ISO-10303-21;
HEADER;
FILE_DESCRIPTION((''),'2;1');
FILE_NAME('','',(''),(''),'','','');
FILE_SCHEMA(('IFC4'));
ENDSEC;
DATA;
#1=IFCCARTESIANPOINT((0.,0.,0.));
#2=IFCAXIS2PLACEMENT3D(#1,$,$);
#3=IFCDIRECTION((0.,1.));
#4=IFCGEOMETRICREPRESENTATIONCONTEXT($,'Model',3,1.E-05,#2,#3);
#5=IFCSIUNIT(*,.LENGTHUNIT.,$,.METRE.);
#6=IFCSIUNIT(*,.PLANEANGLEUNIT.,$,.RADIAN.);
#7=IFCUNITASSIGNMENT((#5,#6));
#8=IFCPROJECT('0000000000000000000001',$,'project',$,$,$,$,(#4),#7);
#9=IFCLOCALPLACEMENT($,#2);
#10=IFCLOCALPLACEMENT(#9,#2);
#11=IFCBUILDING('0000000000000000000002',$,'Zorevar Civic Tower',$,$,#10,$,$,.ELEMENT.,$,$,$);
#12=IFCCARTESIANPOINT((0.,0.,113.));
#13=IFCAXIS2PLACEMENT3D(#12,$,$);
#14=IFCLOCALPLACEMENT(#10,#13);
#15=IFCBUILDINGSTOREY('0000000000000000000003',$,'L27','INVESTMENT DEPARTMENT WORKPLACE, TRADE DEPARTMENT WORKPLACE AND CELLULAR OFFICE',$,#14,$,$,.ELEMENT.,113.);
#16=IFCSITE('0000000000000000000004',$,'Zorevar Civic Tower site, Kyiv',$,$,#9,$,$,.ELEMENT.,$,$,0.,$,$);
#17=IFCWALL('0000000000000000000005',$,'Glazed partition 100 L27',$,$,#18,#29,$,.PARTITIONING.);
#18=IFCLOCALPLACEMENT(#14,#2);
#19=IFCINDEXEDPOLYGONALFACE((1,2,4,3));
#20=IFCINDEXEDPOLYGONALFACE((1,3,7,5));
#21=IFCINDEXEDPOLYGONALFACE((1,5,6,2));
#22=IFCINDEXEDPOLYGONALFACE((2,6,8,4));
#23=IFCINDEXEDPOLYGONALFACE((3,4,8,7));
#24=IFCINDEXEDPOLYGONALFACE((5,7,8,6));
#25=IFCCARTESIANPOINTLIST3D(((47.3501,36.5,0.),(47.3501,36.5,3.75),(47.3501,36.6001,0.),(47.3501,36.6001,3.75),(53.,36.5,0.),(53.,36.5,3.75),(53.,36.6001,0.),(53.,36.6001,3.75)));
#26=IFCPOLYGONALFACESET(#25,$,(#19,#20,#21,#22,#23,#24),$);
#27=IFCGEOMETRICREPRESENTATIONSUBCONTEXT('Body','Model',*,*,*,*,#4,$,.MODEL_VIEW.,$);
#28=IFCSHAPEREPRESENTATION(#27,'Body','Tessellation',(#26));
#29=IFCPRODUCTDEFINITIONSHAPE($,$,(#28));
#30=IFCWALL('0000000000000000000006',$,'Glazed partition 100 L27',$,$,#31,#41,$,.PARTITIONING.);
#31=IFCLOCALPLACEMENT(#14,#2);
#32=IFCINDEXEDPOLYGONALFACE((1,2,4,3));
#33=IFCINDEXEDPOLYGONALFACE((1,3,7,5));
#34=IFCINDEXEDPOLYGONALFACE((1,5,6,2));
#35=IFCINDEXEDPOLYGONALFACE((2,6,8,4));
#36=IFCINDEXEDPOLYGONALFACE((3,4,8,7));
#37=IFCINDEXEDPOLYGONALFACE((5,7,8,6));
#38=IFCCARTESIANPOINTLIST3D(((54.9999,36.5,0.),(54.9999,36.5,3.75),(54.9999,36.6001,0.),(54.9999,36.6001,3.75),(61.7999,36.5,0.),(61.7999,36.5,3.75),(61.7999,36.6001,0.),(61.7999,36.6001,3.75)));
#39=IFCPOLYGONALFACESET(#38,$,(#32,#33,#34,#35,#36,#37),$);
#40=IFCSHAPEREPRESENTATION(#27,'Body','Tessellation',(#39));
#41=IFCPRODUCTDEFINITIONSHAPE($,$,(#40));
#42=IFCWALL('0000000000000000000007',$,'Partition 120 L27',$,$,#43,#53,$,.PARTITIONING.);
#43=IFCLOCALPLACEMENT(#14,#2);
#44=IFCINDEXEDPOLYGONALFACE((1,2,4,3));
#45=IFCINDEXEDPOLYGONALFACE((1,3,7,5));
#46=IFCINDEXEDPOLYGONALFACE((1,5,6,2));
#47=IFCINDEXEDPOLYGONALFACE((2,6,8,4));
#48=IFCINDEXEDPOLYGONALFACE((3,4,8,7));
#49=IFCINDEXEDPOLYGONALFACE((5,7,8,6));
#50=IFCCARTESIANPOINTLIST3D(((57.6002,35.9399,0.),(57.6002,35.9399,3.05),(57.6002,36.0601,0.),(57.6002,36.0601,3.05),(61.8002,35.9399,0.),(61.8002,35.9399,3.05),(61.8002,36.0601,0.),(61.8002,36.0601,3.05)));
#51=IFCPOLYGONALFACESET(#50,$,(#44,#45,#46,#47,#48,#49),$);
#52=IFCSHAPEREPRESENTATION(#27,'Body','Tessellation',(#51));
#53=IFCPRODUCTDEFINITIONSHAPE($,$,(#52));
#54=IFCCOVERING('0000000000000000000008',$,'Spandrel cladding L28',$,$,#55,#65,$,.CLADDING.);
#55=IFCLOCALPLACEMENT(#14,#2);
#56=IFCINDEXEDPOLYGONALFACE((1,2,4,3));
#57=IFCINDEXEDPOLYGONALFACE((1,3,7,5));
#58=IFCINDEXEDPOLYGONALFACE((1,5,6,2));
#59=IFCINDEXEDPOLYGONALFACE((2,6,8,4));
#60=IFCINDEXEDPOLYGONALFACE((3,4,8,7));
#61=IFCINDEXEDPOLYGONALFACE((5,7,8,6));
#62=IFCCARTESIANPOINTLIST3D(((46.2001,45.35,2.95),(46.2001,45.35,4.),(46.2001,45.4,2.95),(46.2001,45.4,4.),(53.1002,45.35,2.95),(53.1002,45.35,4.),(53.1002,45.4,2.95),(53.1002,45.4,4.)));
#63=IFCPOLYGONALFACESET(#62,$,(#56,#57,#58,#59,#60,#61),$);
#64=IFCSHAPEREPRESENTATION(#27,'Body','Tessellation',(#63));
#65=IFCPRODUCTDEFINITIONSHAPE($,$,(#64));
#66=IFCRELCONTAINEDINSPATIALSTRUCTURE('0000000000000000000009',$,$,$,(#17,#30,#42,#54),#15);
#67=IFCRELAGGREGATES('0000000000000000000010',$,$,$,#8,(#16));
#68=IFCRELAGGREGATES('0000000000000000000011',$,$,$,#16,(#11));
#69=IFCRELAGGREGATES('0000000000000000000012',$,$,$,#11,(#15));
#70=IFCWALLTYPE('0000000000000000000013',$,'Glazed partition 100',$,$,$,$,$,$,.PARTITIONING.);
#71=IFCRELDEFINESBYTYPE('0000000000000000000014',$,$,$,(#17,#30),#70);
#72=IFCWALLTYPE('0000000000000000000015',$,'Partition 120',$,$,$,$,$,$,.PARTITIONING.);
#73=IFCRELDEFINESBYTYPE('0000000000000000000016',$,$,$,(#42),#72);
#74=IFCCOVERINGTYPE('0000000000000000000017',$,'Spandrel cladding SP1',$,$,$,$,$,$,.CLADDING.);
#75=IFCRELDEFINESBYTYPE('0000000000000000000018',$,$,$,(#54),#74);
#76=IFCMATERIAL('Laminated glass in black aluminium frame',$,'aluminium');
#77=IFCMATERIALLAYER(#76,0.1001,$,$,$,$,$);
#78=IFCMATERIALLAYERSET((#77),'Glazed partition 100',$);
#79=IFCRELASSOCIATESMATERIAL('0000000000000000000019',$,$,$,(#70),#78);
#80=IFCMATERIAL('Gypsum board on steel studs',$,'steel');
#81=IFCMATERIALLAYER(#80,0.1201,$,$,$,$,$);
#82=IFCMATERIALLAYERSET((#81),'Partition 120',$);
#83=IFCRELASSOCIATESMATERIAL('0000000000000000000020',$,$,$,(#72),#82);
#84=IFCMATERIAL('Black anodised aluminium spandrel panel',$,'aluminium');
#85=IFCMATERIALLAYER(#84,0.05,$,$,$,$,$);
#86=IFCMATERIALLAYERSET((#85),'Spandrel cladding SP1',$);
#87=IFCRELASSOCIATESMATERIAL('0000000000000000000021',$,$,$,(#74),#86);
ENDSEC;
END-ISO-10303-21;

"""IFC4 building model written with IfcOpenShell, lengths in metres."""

from ifc_helpers import new_model, si_unit, direction, frame, frame_2d, origin, place, context, subcontext, project, spatial, rectangle, extrude, material, layer, layer_set, type_object, element, save


model = new_model("IFC4")

# Units and contexts
model_context = context("Model", 3, precision=1e-05, world=origin(), true_north=direction((0.0, 1.0)))
body_context = subcontext(model_context, "Body", "Model", "MODEL_VIEW")
ifc_project = project(units=[si_unit("LENGTHUNIT", "METRE"), si_unit("PLANEANGLEUNIT", "RADIAN")], contexts=[model_context])

# Site, building, storey
site_placement = place(None, origin())
site = spatial("IfcSite", under=ifc_project, at=site_placement, Name="Zorevar Civic Tower site, Kyiv", CompositionType="ELEMENT", RefElevation=0.0)
building_placement = place(site_placement, origin())
building = spatial("IfcBuilding", under=site, at=building_placement, Name="Zorevar Civic Tower", CompositionType="ELEMENT")
storey_placement = place(building_placement, frame((0.0, 0.0, 113.0)))
storey = spatial("IfcBuildingStorey", under=building, at=storey_placement, Name="L27", Description="INVESTMENT DEPARTMENT WORKPLACE, TRADE DEPARTMENT WORKPLACE AND CELLULAR OFFICE", CompositionType="ELEMENT", Elevation=113.0)

# Walls
ifc_material_1 = material(Name="Laminated glass in black aluminium frame", Category="aluminium")
ifc_layer_1 = layer(ifc_material_1, 0.1001)
ifc_layer_set_1 = layer_set([ifc_layer_1], Name="Glazed partition 100")
wall_type_1 = type_object("IfcWallType", Name="Glazed partition 100", PredefinedType="PARTITIONING", material=ifc_layer_set_1)
wall_1_placement = place(storey_placement, frame((47.3501, 36.55, 0.0), z_axis=(0.0, 0.0, 1.0), x_axis=(1.0, 0.0, 0.0)))
element("IfcWall", 1, at=wall_1_placement, inside=storey, type_object=wall_type_1, Name="Glazed partition 100 L27", PredefinedType="PARTITIONING", context=body_context, shape_type="SweptSolid", body=[
    extrude(rectangle(XDim=5.6499, YDim=0.1001, at=frame_2d((2.825, 0.0))), origin(), (0.0, 0.0, 1.0), 3.75),
])
wall_2_placement = place(storey_placement, frame((55.0, 36.55, 0.0), z_axis=(0.0, 0.0, 1.0), x_axis=(1.0, 0.0, 0.0)))
element("IfcWall", 2, at=wall_2_placement, inside=storey, type_object=wall_type_1, Name="Glazed partition 100 L27", PredefinedType="PARTITIONING", context=body_context, shape_type="SweptSolid", body=[
    extrude(rectangle(XDim=6.8, YDim=0.1001, at=frame_2d((3.3999, 0.0))), origin(), (0.0, 0.0, 1.0), 3.75),
])
ifc_material_2 = material(Name="Gypsum board on steel studs", Category="steel")
ifc_layer_2 = layer(ifc_material_2, 0.1201)
ifc_layer_set_2 = layer_set([ifc_layer_2], Name="Partition 120")
wall_type_2 = type_object("IfcWallType", Name="Partition 120", PredefinedType="PARTITIONING", material=ifc_layer_set_2)
wall_3_placement = place(storey_placement, frame((57.6001, 36.0, 0.0), z_axis=(0.0, 0.0, 1.0), x_axis=(1.0, 0.0, 0.0)))
element("IfcWall", 3, at=wall_3_placement, inside=storey, type_object=wall_type_2, Name="Partition 120 L27", PredefinedType="PARTITIONING", context=body_context, shape_type="SweptSolid", body=[
    extrude(rectangle(XDim=4.2, YDim=0.1201, at=frame_2d((2.1001, 0.0))), origin(), (0.0, 0.0, 1.0), 3.05),
])

# Covering
ifc_material_3 = material(Name="Black anodised aluminium spandrel panel", Category="aluminium")
ifc_layer_3 = layer(ifc_material_3, 0.05)
ifc_layer_set_3 = layer_set([ifc_layer_3], Name="Spandrel cladding SP1")
covering_type = type_object("IfcCoveringType", Name="Spandrel cladding SP1", PredefinedType="CLADDING", material=ifc_layer_set_3)
covering_placement = place(storey_placement, frame((46.2, 45.375, 2.95), z_axis=(0.0, 0.0, 1.0), x_axis=(1.0, 0.0, 0.0)))
element("IfcCovering", 4, at=covering_placement, inside=storey, type_object=covering_type, Name="Spandrel cladding L28", PredefinedType="CLADDING", context=body_context, shape_type="SweptSolid", body=[
    extrude(rectangle(XDim=6.9001, YDim=0.05, at=frame_2d((3.4502, 0.0))), origin(), (0.0, 0.0, 1.0), 1.05),
])

save(model, "model.ifc")
